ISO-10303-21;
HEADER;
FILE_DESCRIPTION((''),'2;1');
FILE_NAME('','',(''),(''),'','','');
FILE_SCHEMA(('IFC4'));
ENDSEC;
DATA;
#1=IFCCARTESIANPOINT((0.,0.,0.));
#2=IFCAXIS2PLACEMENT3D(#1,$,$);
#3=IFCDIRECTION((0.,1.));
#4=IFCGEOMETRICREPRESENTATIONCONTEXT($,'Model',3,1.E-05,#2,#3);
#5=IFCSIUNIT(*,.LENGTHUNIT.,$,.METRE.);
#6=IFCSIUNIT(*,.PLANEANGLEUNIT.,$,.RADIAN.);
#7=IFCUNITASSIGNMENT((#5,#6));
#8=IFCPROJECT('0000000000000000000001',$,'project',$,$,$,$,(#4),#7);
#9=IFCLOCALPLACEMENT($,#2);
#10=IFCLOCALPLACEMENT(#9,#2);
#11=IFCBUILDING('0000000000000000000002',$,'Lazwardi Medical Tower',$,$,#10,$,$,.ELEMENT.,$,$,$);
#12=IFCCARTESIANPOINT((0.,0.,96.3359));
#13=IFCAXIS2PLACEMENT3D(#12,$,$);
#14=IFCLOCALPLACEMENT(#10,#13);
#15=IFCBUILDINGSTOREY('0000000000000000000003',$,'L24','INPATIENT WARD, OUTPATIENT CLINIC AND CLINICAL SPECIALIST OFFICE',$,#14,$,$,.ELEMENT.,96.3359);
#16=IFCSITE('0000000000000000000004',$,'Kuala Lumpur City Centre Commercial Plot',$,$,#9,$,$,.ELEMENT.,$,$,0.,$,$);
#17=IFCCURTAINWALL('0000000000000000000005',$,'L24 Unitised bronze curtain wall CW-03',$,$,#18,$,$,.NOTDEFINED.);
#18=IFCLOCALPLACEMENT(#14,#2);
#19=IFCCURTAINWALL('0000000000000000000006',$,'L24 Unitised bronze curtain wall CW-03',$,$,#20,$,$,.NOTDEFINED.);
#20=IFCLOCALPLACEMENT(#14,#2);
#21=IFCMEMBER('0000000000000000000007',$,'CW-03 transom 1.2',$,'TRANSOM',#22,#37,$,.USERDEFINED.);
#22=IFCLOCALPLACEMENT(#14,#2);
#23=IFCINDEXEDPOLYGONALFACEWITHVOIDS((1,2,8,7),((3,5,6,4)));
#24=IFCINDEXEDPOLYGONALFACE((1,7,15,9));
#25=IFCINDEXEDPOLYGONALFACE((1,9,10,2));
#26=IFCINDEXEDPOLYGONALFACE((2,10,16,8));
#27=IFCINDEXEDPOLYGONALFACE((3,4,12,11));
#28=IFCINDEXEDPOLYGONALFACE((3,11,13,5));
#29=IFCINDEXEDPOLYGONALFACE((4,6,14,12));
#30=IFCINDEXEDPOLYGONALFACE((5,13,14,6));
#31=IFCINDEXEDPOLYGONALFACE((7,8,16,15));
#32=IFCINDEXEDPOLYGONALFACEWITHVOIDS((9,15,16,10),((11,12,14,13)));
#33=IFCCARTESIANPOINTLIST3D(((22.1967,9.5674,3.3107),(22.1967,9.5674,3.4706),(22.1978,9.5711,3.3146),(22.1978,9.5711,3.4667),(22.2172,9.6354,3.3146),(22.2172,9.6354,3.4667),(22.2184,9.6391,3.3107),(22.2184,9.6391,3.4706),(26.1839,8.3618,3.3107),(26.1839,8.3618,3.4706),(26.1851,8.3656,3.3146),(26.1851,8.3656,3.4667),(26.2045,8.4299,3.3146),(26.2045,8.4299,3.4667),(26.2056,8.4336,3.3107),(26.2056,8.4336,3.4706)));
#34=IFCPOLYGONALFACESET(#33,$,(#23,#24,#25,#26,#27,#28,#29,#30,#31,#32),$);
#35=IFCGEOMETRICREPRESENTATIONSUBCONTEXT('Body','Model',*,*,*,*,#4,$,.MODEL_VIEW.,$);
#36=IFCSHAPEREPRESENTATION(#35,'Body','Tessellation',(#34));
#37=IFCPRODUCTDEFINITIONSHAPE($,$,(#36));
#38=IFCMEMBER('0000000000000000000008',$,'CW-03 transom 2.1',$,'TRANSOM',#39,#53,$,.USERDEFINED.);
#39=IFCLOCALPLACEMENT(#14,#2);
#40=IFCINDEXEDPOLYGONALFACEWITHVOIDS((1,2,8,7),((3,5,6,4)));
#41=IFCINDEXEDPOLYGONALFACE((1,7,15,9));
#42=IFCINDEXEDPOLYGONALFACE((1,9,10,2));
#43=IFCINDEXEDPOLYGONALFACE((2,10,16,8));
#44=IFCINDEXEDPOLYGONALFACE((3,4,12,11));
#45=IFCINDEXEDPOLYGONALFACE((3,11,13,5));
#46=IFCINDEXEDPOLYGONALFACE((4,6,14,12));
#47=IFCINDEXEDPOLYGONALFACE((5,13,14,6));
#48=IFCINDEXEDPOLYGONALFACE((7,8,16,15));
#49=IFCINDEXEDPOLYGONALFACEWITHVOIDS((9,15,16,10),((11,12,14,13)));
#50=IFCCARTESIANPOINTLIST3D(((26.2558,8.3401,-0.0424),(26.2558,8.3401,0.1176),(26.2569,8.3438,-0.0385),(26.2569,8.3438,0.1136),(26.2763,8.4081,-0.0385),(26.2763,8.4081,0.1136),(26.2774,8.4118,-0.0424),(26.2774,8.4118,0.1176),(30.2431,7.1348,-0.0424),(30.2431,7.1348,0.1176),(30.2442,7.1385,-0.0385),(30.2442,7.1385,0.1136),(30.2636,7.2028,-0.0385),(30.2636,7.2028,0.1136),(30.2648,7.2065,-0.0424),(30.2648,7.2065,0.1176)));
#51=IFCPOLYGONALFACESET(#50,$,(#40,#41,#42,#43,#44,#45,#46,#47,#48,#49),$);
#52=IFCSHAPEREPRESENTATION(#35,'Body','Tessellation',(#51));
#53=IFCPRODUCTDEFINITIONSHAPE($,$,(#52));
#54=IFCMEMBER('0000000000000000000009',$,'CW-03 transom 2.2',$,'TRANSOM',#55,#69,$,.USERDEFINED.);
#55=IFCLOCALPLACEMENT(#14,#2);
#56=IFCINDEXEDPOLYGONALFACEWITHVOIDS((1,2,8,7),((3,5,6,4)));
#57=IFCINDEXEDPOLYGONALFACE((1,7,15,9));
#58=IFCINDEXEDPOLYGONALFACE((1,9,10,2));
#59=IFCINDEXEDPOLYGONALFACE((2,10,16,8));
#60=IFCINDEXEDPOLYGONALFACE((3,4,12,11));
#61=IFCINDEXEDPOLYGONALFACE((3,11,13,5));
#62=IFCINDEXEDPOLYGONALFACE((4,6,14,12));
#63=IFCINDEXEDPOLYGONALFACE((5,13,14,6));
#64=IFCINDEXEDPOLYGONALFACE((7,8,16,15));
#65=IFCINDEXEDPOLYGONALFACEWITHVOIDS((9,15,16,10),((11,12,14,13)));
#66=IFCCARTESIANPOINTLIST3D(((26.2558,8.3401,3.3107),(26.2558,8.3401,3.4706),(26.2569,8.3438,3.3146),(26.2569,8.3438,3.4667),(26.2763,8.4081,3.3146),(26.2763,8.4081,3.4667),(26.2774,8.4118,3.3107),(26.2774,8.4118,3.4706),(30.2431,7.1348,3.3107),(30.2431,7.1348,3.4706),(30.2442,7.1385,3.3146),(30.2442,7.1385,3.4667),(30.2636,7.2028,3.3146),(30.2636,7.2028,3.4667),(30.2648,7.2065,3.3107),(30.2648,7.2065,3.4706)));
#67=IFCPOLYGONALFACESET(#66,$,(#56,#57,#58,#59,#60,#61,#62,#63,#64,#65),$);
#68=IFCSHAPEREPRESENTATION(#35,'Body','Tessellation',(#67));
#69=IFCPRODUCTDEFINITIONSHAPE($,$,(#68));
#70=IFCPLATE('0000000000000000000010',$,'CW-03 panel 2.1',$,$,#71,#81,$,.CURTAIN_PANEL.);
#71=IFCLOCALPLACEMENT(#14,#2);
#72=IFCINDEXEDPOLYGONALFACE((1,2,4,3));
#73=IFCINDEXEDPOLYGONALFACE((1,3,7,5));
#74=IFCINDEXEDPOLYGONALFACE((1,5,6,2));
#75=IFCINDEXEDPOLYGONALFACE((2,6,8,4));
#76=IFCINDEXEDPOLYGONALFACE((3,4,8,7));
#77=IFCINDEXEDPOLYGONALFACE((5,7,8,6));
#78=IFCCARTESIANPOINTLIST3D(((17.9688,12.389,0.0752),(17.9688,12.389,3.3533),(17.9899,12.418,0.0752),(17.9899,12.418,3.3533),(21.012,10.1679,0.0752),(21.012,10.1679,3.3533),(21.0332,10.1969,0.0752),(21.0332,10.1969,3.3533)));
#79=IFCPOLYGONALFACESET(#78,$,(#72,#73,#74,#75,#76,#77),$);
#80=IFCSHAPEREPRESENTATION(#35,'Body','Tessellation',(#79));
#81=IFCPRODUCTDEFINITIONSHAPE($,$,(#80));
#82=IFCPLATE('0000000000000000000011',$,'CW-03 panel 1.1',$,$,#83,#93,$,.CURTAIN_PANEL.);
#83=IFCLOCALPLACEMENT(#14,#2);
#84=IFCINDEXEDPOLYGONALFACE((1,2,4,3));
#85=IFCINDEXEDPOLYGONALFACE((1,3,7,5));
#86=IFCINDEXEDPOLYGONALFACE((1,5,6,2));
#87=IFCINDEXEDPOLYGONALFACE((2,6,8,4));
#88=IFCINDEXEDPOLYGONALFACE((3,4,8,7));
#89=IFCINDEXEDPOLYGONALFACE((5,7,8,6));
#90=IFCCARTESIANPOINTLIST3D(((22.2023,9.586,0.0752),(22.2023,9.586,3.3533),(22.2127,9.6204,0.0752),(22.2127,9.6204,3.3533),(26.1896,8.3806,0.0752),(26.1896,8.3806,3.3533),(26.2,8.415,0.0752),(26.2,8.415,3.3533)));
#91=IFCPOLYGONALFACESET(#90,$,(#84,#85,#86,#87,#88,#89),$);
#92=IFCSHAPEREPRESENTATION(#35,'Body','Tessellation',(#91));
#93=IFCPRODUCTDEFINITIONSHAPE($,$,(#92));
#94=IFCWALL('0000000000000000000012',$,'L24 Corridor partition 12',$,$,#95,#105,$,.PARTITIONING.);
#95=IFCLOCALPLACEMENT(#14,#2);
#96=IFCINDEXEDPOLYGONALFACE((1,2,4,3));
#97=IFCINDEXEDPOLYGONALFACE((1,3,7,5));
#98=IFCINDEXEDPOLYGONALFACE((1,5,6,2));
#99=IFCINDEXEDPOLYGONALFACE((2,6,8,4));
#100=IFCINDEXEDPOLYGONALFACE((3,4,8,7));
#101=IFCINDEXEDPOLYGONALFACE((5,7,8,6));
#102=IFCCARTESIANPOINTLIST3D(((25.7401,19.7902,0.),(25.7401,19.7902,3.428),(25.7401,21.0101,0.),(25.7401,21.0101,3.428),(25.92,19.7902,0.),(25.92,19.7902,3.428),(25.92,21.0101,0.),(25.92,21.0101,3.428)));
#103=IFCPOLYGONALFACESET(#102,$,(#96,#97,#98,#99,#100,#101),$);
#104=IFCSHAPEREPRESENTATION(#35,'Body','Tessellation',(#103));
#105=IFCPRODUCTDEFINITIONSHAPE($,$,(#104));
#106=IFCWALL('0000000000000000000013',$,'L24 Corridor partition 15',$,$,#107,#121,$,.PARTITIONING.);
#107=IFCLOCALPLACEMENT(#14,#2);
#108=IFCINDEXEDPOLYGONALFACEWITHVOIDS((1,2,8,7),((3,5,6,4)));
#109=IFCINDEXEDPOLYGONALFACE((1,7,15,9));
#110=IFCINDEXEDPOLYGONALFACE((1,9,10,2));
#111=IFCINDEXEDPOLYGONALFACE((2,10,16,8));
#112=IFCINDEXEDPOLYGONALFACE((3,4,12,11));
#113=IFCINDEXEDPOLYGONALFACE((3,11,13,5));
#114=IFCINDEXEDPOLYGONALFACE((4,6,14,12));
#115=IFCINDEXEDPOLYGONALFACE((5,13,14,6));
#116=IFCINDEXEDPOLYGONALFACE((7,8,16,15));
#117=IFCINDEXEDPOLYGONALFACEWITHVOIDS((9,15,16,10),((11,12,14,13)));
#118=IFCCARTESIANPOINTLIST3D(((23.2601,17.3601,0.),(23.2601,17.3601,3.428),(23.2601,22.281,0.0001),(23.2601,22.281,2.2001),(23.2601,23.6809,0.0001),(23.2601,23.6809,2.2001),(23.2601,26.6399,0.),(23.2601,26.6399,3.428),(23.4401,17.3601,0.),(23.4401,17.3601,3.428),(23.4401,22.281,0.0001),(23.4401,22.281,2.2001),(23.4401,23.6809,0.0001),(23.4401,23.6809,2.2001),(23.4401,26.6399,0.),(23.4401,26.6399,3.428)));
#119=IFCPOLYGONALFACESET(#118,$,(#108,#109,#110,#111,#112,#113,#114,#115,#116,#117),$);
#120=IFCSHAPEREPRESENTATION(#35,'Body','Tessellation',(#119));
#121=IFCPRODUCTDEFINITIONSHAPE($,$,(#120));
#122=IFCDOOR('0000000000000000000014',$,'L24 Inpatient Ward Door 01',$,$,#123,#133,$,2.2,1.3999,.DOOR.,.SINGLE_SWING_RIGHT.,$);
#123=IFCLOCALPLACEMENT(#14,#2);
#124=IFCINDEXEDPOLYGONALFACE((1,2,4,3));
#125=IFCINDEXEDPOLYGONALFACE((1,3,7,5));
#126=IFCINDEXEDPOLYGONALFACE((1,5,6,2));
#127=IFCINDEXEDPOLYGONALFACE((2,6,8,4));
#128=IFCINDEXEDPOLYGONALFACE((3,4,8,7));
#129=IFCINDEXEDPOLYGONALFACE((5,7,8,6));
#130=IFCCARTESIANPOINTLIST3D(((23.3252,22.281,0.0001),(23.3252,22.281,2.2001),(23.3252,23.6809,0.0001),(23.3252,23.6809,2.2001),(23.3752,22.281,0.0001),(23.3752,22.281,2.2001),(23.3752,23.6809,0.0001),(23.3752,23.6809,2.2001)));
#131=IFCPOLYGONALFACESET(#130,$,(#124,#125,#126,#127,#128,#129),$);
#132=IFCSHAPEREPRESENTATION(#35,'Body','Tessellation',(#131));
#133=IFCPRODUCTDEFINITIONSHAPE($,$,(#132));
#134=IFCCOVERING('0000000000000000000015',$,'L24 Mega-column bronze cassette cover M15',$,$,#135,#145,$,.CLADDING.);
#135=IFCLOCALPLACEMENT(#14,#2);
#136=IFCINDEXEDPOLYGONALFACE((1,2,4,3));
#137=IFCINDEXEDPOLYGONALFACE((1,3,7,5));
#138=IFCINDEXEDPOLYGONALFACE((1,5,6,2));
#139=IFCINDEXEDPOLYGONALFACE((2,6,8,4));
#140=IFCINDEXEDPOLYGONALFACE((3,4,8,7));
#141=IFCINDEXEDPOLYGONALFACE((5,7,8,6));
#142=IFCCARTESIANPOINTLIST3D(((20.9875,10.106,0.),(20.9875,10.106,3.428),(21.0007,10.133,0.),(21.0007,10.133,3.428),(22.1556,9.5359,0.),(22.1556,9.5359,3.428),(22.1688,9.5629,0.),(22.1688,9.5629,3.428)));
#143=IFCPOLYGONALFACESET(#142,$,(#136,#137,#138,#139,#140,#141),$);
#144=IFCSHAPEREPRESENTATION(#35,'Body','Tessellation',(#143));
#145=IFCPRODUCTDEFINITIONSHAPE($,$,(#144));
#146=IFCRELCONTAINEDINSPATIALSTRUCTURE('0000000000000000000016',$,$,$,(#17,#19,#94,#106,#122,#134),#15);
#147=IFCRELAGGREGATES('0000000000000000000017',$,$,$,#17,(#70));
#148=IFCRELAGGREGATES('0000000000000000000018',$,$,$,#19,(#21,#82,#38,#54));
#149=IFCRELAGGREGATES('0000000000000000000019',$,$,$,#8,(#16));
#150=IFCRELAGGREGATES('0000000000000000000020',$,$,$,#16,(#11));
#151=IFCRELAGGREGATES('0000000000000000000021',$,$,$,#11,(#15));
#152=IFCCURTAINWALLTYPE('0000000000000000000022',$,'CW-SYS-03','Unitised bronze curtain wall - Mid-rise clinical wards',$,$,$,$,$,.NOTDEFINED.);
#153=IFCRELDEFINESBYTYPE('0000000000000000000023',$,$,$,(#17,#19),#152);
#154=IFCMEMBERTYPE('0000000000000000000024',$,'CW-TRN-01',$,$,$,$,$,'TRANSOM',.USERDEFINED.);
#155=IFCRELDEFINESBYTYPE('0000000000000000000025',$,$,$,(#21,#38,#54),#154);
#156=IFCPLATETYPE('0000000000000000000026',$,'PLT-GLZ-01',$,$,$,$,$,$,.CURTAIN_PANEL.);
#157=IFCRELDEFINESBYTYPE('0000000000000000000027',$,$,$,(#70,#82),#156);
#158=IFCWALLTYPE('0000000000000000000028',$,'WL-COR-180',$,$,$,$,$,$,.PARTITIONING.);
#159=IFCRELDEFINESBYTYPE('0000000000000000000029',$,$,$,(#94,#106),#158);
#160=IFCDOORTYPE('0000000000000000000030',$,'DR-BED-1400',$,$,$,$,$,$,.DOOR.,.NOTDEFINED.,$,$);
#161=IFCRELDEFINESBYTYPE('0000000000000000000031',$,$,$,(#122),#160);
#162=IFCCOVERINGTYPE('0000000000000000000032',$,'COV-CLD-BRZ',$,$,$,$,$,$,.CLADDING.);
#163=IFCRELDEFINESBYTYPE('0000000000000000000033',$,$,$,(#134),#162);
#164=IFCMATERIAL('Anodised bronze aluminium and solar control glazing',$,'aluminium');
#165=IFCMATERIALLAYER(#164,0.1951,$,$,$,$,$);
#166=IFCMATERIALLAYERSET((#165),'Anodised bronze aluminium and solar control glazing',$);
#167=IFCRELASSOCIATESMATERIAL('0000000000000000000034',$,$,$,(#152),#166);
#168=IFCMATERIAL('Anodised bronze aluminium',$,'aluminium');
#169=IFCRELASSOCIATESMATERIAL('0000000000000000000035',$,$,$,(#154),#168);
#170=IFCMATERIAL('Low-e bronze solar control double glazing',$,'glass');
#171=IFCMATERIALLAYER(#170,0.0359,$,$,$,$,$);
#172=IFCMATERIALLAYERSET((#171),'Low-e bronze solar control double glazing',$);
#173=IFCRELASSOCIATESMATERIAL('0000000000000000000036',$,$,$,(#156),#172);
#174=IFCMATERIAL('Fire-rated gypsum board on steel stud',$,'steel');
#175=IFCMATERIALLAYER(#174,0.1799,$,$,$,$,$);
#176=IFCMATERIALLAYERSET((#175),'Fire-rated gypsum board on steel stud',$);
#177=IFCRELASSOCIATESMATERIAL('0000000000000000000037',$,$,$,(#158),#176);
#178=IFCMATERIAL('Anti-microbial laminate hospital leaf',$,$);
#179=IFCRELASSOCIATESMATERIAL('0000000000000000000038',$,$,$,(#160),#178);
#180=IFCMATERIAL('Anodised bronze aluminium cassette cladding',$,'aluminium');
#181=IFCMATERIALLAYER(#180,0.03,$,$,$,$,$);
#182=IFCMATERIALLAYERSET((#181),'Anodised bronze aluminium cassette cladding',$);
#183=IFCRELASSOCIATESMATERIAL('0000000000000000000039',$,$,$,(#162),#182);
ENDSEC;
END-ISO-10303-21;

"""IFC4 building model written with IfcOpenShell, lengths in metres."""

from ifc_helpers import new_model, si_unit, direction, frame, frame_2d, origin, origin_2d, place, context, subcontext, project, spatial, rectangle, hollow_rectangle, extrude, material, layer, layer_set, material_profile, profile_set, type_object, element, fill, aggregate, save


model = new_model("IFC4")

# Units and contexts
model_context = context("Model", 3, precision=1e-05, world=origin(), true_north=direction((0.0, 1.0)))
body_context = subcontext(model_context, "Body", "Model", "MODEL_VIEW")
ifc_project = project(units=[si_unit("LENGTHUNIT", "METRE"), si_unit("PLANEANGLEUNIT", "RADIAN")], contexts=[model_context])

# Site, building, storey
site_placement = place(None, origin())
site = spatial("IfcSite", under=ifc_project, at=site_placement, Name="Kuala Lumpur City Centre Commercial Plot", CompositionType="ELEMENT", RefElevation=0.0)
building_placement = place(site_placement, origin())
building = spatial("IfcBuilding", under=site, at=building_placement, Name="Lazwardi Medical Tower", CompositionType="ELEMENT")
storey_placement = place(building_placement, frame((0.0, 0.0, 96.3359)))
storey = spatial("IfcBuildingStorey", under=building, at=storey_placement, Name="L24", Description="INPATIENT WARD, OUTPATIENT CLINIC AND CLINICAL SPECIALIST OFFICE", CompositionType="ELEMENT", Elevation=96.3359)

# Curtain wall
ifc_material_1 = material(Name="Anodised bronze aluminium and solar control glazing", Category="aluminium")
ifc_layer_1 = layer(ifc_material_1, 0.1951)
ifc_layer_set_1 = layer_set([ifc_layer_1], Name="Anodised bronze aluminium and solar control glazing")
curtain_wall_type = type_object("IfcCurtainWallType", Name="CW-SYS-03", Description="Unitised bronze curtain wall - Mid-rise clinical wards", PredefinedType="NOTDEFINED", material=ifc_layer_set_1)
curtain_wall_1_placement = place(storey_placement, origin())
curtain_wall_1 = element("IfcCurtainWall", 1, at=curtain_wall_1_placement, inside=storey, type_object=curtain_wall_type, Name="L24 Unitised bronze curtain wall CW-03", PredefinedType="NOTDEFINED")
ifc_material_2 = material(Name="Anodised bronze aluminium", Category="aluminium")

# Curtain wall
curtain_wall_2_placement = place(storey_placement, origin())
curtain_wall_2 = element("IfcCurtainWall", 2, at=curtain_wall_2_placement, inside=storey, type_object=curtain_wall_type, Name="L24 Unitised bronze curtain wall CW-03", PredefinedType="NOTDEFINED")

# Members
ifc_material_profile_1 = material_profile(ifc_material_2, hollow_rectangle(XDim=0.075, YDim=0.1599, WallThickness=0.0039, at=origin_2d()), Name="ALU-TRANSOM 160x75x4")
ifc_profile_set_1 = profile_set([ifc_material_profile_1], Name="Anodised bronze aluminium")
member_type_1 = type_object("IfcMemberType", Name="CW-TRN-01", ElementType="TRANSOM", PredefinedType="USERDEFINED", material=ifc_profile_set_1)
member_1_placement = place(storey_placement, frame((22.2075, 9.6033, 3.3906), z_axis=(0.957205, -0.289412, 0.0), x_axis=(0.289412, 0.957205, 0.0)))
member_1 = element("IfcMember", 3, at=member_1_placement, type_object=member_type_1, Name="CW-03 transom 1.2", ObjectType="TRANSOM", PredefinedType="USERDEFINED", context=body_context, shape_type="SweptSolid", body=[
    extrude(hollow_rectangle(XDim=0.075, YDim=0.1599, WallThickness=0.0039, at=origin_2d()), origin(), (0.0, 0.0, 1.0), 4.1655),
])
member_2_placement = place(storey_placement, frame((26.2666, 8.376, 0.0376), z_axis=(0.957221, -0.289358, 0.0), x_axis=(0.289358, 0.957221, 0.0)))
member_2 = element("IfcMember", 4, at=member_2_placement, type_object=member_type_1, Name="CW-03 transom 2.1", ObjectType="TRANSOM", PredefinedType="USERDEFINED", context=body_context, shape_type="SweptSolid", body=[
    extrude(hollow_rectangle(XDim=0.075, YDim=0.1599, WallThickness=0.0039, at=origin_2d()), origin(), (0.0, 0.0, 1.0), 4.1655),
])
member_3_placement = place(storey_placement, frame((26.2666, 8.376, 3.3906), z_axis=(0.957221, -0.289358, 0.0), x_axis=(0.289358, 0.957221, 0.0)))
member_3 = element("IfcMember", 5, at=member_3_placement, type_object=member_type_1, Name="CW-03 transom 2.2", ObjectType="TRANSOM", PredefinedType="USERDEFINED", context=body_context, shape_type="SweptSolid", body=[
    extrude(hollow_rectangle(XDim=0.075, YDim=0.1599, WallThickness=0.0039, at=origin_2d()), origin(), (0.0, 0.0, 1.0), 4.1655),
])

# Plates
ifc_material_3 = material(Name="Low-e bronze solar control double glazing", Category="glass")
ifc_layer_2 = layer(ifc_material_3, 0.0359)
ifc_layer_set_2 = layer_set([ifc_layer_2], Name="Low-e bronze solar control double glazing")
plate_type = type_object("IfcPlateType", Name="PLT-GLZ-01", PredefinedType="CURTAIN_PANEL", material=ifc_layer_set_2)
plate_1_placement = place(storey_placement, frame((19.501, 11.293, 0.0752), z_axis=(0.0, 0.0, 1.0), x_axis=(0.807746, -0.589531, 0.0)))
plate_1 = element("IfcPlate", 6, at=plate_1_placement, type_object=plate_type, Name="CW-03 panel 2.1", PredefinedType="CURTAIN_PANEL", context=body_context, shape_type="SweptSolid", body=[
    extrude(rectangle(XDim=3.7676, YDim=0.0359, at=origin_2d()), origin(), (0.0, 0.0, 1.0), 3.2781),
])
aggregate(curtain_wall_1, [plate_1])
plate_2_placement = place(storey_placement, frame((24.2012, 9.0005, 0.0752), z_axis=(0.0, 0.0, 1.0), x_axis=(0.957216, -0.289374, 0.0)))
plate_2 = element("IfcPlate", 7, at=plate_2_placement, type_object=plate_type, Name="CW-03 panel 1.1", PredefinedType="CURTAIN_PANEL", context=body_context, shape_type="SweptSolid", body=[
    extrude(rectangle(XDim=4.1655, YDim=0.0359, at=origin_2d()), origin(), (0.0, 0.0, 1.0), 3.2781),
])
aggregate(curtain_wall_2, [member_1, plate_2, member_2, member_3])

# Wall
ifc_material_4 = material(Name="Fire-rated gypsum board on steel stud", Category="steel")
ifc_layer_3 = layer(ifc_material_4, 0.1799)
ifc_layer_set_3 = layer_set([ifc_layer_3], Name="Fire-rated gypsum board on steel stud")
wall_type = type_object("IfcWallType", Name="WL-COR-180", PredefinedType="PARTITIONING", material=ifc_layer_set_3)
wall_1_placement = place(storey_placement, frame((25.8301, 21.01, 0.0), z_axis=(0.0, 0.0, 1.0), x_axis=(0.0, -1.0, 0.0)))
element("IfcWall", 8, at=wall_1_placement, inside=storey, type_object=wall_type, Name="L24 Corridor partition 12", PredefinedType="PARTITIONING", context=body_context, shape_type="SweptSolid", body=[
    extrude(rectangle(XDim=1.22, YDim=0.1799, at=frame_2d((0.6099, 0.0))), origin(), (0.0, 0.0, 1.0), 3.428),
])

# Wall, opening, door
wall_2_placement = place(storey_placement, frame((23.3501, 17.3601, 0.0), z_axis=(0.0, 0.0, 1.0), x_axis=(0.0, 1.0, 0.0)))
wall_2 = element("IfcWall", 9, at=wall_2_placement, inside=storey, type_object=wall_type, Name="L24 Corridor partition 15", PredefinedType="PARTITIONING", context=body_context, shape_type="SweptSolid", body=[
    extrude(rectangle(XDim=9.2798, YDim=0.1799, at=frame_2d((4.6399, 0.0))), origin(), (0.0, 0.0, 1.0), 3.428),
])
opening_placement = place(wall_2_placement, frame((4.9209, 0.0, 0.0)))
opening = element("IfcOpeningElement", 10, at=opening_placement, cuts=wall_2, PredefinedType="OPENING", context=body_context, shape_type="SweptSolid", body=[
    extrude(rectangle(XDim=1.3999, YDim=2.2, at=frame_2d((0.7, 1.1001))), frame((0.0, 0.0999, 0.0), z_axis=(0.0, -1.0, 0.0), x_axis=(1.0, 0.0, 0.0)), (0.0, 0.0, 1.0), 0.2),
])
ifc_material_5 = material(Name="Anti-microbial laminate hospital leaf")
door_type = type_object("IfcDoorType", Name="DR-BED-1400", OperationType="NOTDEFINED", PredefinedType="DOOR", material=ifc_material_5)
door_placement = place(opening_placement, origin())
door = element("IfcDoor", 11, at=door_placement, inside=storey, type_object=door_type, Name="L24 Inpatient Ward Door 01", OperationType="SINGLE_SWING_RIGHT", OverallHeight=2.2, OverallWidth=1.3999, PredefinedType="DOOR", context=body_context, shape_type="SweptSolid", body=[
    extrude(rectangle(XDim=1.3999, YDim=2.2, at=frame_2d((0.7, 1.1001))), frame((0.0, 0.0249, 0.0), z_axis=(0.0, -1.0, 0.0), x_axis=(1.0, 0.0, 0.0)), (0.0, 0.0, 1.0), 0.05),
])
fill(opening, door)

# Covering
ifc_material_6 = material(Name="Anodised bronze aluminium cassette cladding", Category="aluminium")
ifc_layer_4 = layer(ifc_material_6, 0.03)
ifc_layer_set_4 = layer_set([ifc_layer_4], Name="Anodised bronze aluminium cassette cladding")
covering_type = type_object("IfcCoveringType", Name="COV-CLD-BRZ", PredefinedType="CLADDING", material=ifc_layer_set_4)
covering_placement = place(storey_placement, frame((21.5781, 9.8345, 0.0), z_axis=(0.0, 0.0, 1.0), x_axis=(0.898679, -0.438606, 0.0)))
element("IfcCovering", 12, at=covering_placement, inside=storey, type_object=covering_type, Name="L24 Mega-column bronze cassette cover M15", PredefinedType="CLADDING", context=body_context, shape_type="SweptSolid", body=[
    extrude(rectangle(XDim=1.2998, YDim=0.03, at=origin_2d()), origin(), (0.0, 0.0, 1.0), 3.428),
])

save(model, "model.ifc")
